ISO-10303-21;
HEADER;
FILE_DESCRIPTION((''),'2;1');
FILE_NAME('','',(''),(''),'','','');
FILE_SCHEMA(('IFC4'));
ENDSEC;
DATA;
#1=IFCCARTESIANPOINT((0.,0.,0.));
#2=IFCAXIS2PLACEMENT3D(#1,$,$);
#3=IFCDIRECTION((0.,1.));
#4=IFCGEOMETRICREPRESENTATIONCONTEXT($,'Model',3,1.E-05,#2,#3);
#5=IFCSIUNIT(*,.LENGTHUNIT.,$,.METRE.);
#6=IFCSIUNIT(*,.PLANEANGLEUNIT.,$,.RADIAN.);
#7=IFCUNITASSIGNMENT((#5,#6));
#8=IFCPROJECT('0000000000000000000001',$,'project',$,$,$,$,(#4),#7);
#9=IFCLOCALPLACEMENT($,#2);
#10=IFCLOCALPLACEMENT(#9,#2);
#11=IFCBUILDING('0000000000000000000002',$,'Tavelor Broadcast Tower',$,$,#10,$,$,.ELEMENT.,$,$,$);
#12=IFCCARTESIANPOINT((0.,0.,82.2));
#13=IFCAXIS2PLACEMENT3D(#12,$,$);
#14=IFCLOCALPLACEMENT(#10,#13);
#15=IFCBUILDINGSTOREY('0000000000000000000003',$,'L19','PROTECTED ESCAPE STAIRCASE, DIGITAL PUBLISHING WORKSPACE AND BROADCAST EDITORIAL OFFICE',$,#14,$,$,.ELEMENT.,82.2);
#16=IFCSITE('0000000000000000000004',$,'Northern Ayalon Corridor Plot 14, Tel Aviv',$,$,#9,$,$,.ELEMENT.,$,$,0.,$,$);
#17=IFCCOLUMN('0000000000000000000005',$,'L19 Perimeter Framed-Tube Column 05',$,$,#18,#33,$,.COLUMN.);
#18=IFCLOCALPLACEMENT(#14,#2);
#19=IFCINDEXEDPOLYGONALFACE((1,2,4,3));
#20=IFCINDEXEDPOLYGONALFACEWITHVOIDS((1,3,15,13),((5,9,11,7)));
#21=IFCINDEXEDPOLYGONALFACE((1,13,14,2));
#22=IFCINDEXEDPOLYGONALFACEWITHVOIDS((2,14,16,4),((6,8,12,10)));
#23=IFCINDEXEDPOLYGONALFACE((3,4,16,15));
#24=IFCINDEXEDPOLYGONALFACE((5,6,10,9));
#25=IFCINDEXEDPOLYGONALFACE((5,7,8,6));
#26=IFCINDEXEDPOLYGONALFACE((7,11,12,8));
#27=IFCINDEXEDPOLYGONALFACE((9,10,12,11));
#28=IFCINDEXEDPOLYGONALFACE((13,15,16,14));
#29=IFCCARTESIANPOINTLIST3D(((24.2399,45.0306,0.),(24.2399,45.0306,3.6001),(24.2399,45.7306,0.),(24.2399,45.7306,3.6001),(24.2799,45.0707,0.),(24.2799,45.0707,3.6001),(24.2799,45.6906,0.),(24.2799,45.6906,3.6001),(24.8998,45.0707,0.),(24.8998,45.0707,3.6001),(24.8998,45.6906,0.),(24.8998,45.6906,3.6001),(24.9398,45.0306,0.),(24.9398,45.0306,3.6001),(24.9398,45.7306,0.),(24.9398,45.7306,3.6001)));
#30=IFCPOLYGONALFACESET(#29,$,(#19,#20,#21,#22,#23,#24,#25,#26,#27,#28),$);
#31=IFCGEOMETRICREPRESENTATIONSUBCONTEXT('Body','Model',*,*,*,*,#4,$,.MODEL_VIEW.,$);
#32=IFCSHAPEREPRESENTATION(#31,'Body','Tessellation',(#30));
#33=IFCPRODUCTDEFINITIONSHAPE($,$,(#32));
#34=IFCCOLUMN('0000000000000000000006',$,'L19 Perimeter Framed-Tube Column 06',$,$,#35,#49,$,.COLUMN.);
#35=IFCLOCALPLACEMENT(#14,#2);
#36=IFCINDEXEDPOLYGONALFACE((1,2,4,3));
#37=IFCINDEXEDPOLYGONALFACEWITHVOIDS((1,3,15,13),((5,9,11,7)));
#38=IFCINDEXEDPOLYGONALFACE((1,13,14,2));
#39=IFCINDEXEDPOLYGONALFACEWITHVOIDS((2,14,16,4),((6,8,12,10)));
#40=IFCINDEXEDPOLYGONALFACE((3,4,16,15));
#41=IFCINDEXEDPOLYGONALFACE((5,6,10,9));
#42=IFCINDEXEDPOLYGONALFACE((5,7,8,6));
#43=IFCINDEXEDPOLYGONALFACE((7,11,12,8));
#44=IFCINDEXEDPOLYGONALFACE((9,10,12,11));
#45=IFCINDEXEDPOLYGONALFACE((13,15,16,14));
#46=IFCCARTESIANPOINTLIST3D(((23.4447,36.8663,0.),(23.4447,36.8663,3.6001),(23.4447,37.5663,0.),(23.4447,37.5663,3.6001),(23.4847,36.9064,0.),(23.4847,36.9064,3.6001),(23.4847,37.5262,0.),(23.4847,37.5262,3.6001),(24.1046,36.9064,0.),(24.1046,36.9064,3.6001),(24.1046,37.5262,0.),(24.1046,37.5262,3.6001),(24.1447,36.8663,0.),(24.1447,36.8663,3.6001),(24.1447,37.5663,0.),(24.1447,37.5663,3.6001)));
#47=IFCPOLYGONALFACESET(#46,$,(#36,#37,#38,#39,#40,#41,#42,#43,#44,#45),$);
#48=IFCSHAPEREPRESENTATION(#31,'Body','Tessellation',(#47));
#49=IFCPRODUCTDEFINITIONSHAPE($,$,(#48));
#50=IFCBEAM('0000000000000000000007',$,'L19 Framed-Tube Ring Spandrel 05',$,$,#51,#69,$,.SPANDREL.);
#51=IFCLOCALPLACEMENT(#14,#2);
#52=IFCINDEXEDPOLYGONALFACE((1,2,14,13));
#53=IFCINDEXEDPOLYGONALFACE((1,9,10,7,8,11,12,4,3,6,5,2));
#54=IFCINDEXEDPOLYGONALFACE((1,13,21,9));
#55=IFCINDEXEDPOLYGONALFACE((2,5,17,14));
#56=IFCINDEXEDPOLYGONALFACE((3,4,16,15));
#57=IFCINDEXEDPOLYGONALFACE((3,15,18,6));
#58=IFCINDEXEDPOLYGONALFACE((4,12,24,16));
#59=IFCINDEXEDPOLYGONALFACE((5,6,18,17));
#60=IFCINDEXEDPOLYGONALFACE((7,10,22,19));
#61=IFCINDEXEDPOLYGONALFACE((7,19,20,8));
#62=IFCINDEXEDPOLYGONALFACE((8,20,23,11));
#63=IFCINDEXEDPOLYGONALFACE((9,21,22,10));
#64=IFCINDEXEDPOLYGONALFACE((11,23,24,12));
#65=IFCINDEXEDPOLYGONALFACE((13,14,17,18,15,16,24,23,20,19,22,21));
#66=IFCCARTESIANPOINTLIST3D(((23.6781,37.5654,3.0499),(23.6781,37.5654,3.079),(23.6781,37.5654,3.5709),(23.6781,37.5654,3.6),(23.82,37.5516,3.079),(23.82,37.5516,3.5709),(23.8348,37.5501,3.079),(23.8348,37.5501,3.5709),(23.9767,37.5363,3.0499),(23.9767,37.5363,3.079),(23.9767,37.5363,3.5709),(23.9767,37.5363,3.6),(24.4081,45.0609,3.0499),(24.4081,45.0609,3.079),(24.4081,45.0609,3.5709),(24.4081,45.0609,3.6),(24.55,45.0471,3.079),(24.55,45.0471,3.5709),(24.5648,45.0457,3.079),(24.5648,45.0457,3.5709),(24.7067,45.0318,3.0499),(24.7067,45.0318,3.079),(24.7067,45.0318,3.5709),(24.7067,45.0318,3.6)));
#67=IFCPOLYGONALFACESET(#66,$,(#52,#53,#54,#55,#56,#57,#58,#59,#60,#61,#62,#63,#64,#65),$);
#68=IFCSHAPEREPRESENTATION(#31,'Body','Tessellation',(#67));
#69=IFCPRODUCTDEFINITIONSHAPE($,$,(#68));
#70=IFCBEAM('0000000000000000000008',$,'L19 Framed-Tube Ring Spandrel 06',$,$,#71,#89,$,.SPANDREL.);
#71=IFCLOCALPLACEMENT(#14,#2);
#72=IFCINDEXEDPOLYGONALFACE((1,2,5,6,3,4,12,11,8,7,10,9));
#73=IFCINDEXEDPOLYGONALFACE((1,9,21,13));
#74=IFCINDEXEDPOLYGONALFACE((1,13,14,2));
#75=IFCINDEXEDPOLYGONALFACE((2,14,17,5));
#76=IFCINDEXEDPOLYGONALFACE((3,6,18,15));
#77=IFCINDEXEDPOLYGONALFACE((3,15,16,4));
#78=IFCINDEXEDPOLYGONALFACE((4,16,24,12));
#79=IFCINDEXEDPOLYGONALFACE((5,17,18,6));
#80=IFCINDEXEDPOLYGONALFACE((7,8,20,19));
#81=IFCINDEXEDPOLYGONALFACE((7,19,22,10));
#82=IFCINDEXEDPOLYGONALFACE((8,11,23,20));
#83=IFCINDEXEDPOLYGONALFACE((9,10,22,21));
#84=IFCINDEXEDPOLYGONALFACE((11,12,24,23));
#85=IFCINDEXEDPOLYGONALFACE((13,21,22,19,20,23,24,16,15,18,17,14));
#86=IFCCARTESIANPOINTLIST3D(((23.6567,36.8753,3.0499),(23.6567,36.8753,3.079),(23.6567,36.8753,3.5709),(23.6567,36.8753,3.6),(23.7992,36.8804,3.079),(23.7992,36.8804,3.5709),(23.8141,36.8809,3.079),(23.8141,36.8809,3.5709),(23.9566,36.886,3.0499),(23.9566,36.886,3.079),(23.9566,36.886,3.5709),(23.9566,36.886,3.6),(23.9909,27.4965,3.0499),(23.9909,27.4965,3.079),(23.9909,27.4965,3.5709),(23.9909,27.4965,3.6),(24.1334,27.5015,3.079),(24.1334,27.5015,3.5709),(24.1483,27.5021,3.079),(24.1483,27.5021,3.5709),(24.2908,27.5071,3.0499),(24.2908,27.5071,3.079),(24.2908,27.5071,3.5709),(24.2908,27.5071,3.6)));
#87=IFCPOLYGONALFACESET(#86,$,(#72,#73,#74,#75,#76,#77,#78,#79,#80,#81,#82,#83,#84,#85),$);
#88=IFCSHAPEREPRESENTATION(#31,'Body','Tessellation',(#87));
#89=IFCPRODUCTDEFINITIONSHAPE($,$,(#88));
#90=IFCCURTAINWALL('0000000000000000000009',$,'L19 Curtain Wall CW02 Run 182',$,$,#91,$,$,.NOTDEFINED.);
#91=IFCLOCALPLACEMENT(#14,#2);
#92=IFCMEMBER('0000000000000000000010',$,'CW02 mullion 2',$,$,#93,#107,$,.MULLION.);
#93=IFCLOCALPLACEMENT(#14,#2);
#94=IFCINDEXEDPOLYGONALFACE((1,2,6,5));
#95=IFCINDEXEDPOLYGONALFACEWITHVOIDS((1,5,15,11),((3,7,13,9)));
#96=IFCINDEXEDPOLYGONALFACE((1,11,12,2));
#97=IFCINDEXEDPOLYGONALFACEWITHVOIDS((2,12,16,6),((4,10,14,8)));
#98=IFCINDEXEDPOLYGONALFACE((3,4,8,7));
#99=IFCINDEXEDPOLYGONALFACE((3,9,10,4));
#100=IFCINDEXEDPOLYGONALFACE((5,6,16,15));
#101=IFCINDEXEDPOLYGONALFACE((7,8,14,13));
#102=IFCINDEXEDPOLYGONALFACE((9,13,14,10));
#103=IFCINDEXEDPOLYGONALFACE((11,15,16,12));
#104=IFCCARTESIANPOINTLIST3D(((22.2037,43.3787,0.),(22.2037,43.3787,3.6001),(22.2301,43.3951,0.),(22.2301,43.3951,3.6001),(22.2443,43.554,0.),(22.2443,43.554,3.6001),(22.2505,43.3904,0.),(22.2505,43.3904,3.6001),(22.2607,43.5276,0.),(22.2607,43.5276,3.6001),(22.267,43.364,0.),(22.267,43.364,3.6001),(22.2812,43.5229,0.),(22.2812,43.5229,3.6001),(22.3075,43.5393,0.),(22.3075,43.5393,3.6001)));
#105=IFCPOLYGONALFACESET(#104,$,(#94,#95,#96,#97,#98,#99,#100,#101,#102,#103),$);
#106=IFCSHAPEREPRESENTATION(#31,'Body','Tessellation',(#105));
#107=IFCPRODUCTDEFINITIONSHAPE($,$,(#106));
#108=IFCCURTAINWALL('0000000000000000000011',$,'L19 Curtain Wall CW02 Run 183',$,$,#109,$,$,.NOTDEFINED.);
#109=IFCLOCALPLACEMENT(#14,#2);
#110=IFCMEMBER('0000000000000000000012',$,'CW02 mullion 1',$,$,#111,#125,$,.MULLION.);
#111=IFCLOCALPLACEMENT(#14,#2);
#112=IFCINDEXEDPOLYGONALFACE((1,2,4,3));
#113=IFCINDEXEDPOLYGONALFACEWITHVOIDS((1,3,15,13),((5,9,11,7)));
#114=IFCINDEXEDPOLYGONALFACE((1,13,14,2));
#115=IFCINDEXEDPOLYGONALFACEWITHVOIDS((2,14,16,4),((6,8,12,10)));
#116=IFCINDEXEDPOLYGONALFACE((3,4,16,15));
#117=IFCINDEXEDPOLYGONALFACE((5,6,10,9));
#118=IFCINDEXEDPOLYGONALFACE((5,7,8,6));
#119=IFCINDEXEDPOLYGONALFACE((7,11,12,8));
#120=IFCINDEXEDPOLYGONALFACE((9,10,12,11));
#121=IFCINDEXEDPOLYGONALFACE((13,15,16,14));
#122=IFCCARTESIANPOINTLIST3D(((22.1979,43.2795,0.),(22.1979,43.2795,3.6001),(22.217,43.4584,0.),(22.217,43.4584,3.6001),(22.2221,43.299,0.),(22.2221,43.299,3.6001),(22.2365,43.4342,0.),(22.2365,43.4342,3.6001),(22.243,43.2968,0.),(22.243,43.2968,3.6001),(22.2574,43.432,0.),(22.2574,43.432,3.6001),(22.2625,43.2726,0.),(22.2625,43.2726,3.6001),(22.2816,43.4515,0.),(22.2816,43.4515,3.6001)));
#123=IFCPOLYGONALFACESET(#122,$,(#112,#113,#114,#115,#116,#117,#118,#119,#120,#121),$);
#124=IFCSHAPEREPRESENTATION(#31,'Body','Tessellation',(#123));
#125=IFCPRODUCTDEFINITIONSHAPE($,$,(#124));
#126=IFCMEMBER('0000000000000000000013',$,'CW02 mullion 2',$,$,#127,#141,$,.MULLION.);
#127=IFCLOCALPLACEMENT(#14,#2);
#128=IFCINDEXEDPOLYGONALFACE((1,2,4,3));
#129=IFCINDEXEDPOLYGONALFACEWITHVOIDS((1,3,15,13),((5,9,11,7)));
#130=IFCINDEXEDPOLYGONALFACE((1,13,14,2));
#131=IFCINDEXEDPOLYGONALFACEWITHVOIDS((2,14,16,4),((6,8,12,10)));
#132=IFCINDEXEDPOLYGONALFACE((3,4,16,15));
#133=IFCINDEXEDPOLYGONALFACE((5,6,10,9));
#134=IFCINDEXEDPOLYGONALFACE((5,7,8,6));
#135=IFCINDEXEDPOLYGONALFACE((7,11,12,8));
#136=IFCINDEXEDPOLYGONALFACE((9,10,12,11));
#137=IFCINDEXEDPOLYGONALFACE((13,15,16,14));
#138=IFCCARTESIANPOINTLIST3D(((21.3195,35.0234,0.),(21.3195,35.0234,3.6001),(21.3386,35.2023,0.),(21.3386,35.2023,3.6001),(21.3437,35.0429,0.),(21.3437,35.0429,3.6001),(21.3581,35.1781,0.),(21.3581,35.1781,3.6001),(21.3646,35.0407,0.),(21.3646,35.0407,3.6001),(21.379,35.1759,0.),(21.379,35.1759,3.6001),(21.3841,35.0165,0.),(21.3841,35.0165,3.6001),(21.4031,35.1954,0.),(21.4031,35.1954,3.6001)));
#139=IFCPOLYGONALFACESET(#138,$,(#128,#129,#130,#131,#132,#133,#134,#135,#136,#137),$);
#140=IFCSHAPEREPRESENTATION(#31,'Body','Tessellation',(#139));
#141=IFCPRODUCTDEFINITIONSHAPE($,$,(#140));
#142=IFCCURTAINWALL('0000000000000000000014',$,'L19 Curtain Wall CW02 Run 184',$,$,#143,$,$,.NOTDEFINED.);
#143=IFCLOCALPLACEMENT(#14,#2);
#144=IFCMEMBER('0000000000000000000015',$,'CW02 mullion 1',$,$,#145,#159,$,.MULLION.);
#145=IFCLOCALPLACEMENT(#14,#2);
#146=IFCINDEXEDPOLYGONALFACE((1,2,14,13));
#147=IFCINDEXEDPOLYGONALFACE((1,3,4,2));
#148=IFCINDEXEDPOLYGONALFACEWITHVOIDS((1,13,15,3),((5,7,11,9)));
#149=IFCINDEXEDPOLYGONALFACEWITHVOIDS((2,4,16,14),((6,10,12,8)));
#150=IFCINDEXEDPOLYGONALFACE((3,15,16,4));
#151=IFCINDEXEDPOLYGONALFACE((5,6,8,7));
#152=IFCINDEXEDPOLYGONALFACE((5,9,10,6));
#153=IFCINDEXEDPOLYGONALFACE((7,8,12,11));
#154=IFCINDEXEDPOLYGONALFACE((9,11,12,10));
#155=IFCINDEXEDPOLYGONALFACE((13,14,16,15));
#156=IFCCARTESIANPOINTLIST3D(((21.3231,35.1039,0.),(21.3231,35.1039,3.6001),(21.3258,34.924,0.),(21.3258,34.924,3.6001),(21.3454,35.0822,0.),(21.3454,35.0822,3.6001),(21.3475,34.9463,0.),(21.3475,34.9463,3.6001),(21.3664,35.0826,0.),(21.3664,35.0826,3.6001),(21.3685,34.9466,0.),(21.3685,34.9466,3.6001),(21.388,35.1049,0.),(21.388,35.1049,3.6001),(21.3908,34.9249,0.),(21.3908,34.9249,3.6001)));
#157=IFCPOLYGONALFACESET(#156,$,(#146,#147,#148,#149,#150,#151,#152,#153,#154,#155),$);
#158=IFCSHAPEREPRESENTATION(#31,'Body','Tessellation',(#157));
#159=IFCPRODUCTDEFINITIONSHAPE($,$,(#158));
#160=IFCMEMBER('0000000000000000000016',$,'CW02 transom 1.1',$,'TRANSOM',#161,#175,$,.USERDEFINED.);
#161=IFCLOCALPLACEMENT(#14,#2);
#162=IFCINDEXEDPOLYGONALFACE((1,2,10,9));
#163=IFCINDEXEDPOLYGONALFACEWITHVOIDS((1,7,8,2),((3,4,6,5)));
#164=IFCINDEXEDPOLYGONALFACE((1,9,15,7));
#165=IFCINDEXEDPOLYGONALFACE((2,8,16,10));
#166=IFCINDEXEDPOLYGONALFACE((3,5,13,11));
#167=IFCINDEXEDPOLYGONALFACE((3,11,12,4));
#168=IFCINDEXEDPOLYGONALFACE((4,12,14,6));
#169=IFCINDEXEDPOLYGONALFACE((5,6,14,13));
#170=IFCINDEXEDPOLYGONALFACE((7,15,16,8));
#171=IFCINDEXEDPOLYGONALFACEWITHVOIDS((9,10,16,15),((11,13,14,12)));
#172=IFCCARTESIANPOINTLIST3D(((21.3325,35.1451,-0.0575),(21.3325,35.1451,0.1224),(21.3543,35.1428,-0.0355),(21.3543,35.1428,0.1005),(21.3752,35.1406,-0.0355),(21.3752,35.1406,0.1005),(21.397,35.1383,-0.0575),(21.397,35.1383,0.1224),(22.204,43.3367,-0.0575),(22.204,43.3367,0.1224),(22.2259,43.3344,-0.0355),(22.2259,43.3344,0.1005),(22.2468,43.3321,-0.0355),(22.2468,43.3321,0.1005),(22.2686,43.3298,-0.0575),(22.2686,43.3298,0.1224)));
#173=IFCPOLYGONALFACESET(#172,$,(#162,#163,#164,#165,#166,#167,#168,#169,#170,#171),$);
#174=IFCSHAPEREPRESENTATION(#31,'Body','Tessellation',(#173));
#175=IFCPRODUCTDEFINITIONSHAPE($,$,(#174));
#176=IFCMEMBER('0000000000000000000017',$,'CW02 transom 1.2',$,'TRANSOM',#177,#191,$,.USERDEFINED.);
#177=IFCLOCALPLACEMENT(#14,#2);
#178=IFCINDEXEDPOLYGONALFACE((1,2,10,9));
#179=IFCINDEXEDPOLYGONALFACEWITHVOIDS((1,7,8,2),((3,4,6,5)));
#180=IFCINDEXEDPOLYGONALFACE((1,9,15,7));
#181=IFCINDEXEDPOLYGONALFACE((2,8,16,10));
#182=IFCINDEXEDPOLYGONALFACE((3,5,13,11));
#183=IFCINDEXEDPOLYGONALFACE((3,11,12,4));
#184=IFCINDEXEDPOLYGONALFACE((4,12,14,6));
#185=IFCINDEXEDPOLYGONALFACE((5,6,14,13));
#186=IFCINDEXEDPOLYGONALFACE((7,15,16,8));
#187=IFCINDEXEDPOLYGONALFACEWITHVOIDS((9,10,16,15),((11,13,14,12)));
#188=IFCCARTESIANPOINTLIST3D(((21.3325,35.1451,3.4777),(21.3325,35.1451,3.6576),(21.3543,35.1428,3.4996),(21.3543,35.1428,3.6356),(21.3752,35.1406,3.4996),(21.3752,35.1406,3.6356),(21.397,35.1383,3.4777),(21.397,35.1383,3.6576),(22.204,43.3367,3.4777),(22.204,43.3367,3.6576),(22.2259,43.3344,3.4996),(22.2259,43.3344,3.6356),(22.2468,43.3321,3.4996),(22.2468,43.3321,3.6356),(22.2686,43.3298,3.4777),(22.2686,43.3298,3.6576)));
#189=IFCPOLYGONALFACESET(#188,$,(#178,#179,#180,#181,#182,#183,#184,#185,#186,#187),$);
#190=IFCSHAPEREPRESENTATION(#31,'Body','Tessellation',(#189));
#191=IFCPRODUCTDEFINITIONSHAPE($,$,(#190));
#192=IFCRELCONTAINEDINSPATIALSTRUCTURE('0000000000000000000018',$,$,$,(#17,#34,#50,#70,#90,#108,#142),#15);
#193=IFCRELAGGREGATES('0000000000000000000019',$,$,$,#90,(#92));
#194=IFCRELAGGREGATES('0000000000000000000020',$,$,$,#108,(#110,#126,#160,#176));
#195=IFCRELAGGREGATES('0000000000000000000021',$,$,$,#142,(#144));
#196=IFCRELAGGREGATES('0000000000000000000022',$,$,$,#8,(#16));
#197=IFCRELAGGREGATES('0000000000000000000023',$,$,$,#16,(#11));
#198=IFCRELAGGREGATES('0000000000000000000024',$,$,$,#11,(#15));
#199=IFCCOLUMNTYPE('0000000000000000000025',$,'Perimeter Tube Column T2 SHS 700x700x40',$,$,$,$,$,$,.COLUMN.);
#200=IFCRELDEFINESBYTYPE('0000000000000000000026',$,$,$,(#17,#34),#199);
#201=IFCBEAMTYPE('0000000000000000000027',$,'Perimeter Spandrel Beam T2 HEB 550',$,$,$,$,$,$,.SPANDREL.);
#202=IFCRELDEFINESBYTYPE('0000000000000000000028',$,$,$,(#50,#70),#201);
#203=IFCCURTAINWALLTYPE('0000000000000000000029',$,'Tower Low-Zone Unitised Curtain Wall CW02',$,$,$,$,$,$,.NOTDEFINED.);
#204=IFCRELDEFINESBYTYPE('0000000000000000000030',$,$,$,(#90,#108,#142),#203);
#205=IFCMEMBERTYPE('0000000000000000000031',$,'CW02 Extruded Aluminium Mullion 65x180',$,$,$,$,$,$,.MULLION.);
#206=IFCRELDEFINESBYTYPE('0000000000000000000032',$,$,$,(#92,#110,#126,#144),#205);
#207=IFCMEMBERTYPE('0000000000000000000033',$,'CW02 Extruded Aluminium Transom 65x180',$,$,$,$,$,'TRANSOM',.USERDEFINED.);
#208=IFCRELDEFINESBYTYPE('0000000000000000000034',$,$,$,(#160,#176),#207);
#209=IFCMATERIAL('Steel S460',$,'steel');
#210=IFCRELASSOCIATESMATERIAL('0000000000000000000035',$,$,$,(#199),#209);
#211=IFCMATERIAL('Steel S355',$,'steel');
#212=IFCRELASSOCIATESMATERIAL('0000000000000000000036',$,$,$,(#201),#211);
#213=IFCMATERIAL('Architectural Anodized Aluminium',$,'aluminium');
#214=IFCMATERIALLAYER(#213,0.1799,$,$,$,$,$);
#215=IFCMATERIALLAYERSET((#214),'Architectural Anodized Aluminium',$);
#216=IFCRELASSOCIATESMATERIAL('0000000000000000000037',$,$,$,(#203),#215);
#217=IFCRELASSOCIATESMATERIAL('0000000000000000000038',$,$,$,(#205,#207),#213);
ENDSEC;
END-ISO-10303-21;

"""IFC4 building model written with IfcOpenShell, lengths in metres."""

from ifc_helpers import new_model, si_unit, direction, frame, origin, origin_2d, place, context, subcontext, project, spatial, hollow_rectangle, i_section, extrude, source, transform, mapped, material, layer, layer_set, material_profile, profile_set, type_object, type_shapes, element, aggregate, save


model = new_model("IFC4")

# Units and contexts
model_context = context("Model", 3, precision=1e-05, world=origin(), true_north=direction((0.0, 1.0)))
body_context = subcontext(model_context, "Body", "Model", "MODEL_VIEW")
ifc_project = project(units=[si_unit("LENGTHUNIT", "METRE"), si_unit("PLANEANGLEUNIT", "RADIAN")], contexts=[model_context])

# Site, building, storey
site_placement = place(None, origin())
site = spatial("IfcSite", under=ifc_project, at=site_placement, Name="Northern Ayalon Corridor Plot 14, Tel Aviv", CompositionType="ELEMENT", RefElevation=0.0)
building_placement = place(site_placement, origin())
building = spatial("IfcBuilding", under=site, at=building_placement, Name="Tavelor Broadcast Tower", CompositionType="ELEMENT")
storey_placement = place(building_placement, frame((0.0, 0.0, 82.2)))
storey = spatial("IfcBuildingStorey", under=building, at=storey_placement, Name="L19", Description="PROTECTED ESCAPE STAIRCASE, DIGITAL PUBLISHING WORKSPACE AND BROADCAST EDITORIAL OFFICE", CompositionType="ELEMENT", Elevation=82.2)

# Columns
ifc_material_1 = material(Name="Steel S460", Category="steel")
ifc_material_profile_1 = material_profile(ifc_material_1, hollow_rectangle(XDim=0.7, YDim=0.7, WallThickness=0.04, at=origin_2d()), Name="SHS 700x700x40")
ifc_profile_set_1 = profile_set([ifc_material_profile_1], Name="Steel S460")
column_type = type_object("IfcColumnType", Name="Perimeter Tube Column T2 SHS 700x700x40", PredefinedType="COLUMN", material=ifc_profile_set_1)
for number, where, z_axis, x_axis, name in (
    (1, (24.5898, 45.3806, 0.0), (0.0, 0.0, 1.0), (1.0, 0.0, 0.0), "L19 Perimeter Framed-Tube Column 05"),
    (2, (23.7947, 37.2163, 0.0), (0.0, 0.0, 1.0), (1.0, 0.0, 0.0), "L19 Perimeter Framed-Tube Column 06"),
):
    element("IfcColumn", number, at=place(storey_placement, frame(where, z_axis=z_axis, x_axis=x_axis)), inside=storey, type_object=column_type, Name=name, PredefinedType="COLUMN", context=body_context, shape_type="SweptSolid", body=[
        extrude(hollow_rectangle(XDim=0.7, YDim=0.7, WallThickness=0.04, at=origin_2d()), origin(), (0.0, 0.0, 1.0), 3.6001),
    ])

# Beams
ifc_material_2 = material(Name="Steel S355", Category="steel")
ifc_material_profile_2 = material_profile(ifc_material_2, i_section(OverallWidth=0.3, OverallDepth=0.55, WebThickness=0.0149, FlangeThickness=0.0291, at=origin_2d()), Name="HEB 550")
ifc_profile_set_2 = profile_set([ifc_material_profile_2], Name="Steel S355")
beam_type = type_object("IfcBeamType", Name="Perimeter Spandrel Beam T2 HEB 550", PredefinedType="SPANDREL", material=ifc_profile_set_2)
beam_1_placement = place(storey_placement, frame((24.5574, 45.0464, 3.325), z_axis=(-0.096929, -0.995291, 0.0), x_axis=(0.995291, -0.096929, 0.0)))
element("IfcBeam", 3, at=beam_1_placement, inside=storey, type_object=beam_type, Name="L19 Framed-Tube Ring Spandrel 05", PredefinedType="SPANDREL", context=body_context, shape_type="SweptSolid", body=[
    extrude(i_section(OverallWidth=0.3, OverallDepth=0.55, WebThickness=0.0149, FlangeThickness=0.0291, at=origin_2d()), origin(), (0.0, 0.0, 1.0), 7.531),
])
beam_2_placement = place(storey_placement, frame((23.8066, 36.8806, 3.325), z_axis=(0.035614, -0.999366, 0.0), x_axis=(0.999366, 0.035614, 0.0)))
element("IfcBeam", 4, at=beam_2_placement, inside=storey, type_object=beam_type, Name="L19 Framed-Tube Ring Spandrel 06", PredefinedType="SPANDREL", context=body_context, shape_type="SweptSolid", body=[
    extrude(i_section(OverallWidth=0.3, OverallDepth=0.55, WebThickness=0.0149, FlangeThickness=0.0291, at=origin_2d()), origin(), (0.0, 0.0, 1.0), 9.3848),
])

# Curtain wall, member
ifc_material_3 = material(Name="Architectural Anodized Aluminium", Category="aluminium")
ifc_layer_1 = layer(ifc_material_3, 0.1799)
ifc_layer_set_1 = layer_set([ifc_layer_1], Name="Architectural Anodized Aluminium")
curtain_wall_type = type_object("IfcCurtainWallType", Name="Tower Low-Zone Unitised Curtain Wall CW02", PredefinedType="NOTDEFINED", material=ifc_layer_set_1)
curtain_wall_1_placement = place(storey_placement, origin())
curtain_wall_1 = element("IfcCurtainWall", 5, at=curtain_wall_1_placement, inside=storey, type_object=curtain_wall_type, Name="L19 Curtain Wall CW02 Run 182", PredefinedType="NOTDEFINED")
ifc_material_profile_3 = material_profile(ifc_material_3, hollow_rectangle(XDim=0.0649, YDim=0.1799, WallThickness=0.022, at=origin_2d()), Name="RHS 65x180x22")
ifc_profile_set_3 = profile_set([ifc_material_profile_3], Name="Architectural Anodized Aluminium")
member_type_1 = type_object("IfcMemberType", Name="CW02 Extruded Aluminium Mullion 65x180", PredefinedType="MULLION", material=ifc_profile_set_3)
shared_shape_1 = source(origin(), body_context, "Body", "SweptSolid", [
    extrude(hollow_rectangle(XDim=0.0649, YDim=0.1799, WallThickness=0.022, at=origin_2d()), origin(), (0.0, 0.0, 1.0), 3.6001),
])
type_shapes(member_type_1, [shared_shape_1])
member_1_placement = place(storey_placement, frame((22.2556, 43.459, 0.0), z_axis=(0.0, 0.0, 1.0), x_axis=(0.974275, -0.225362, 0.0)))
member_1 = element("IfcMember", 6, at=member_1_placement, type_object=member_type_1, Name="CW02 mullion 2", PredefinedType="MULLION", context=body_context, shape_type="MappedRepresentation", body=[
    mapped(shared_shape_1, transform((0.0, 0.0, 0.0), scale=1.0)),
])

# Curtain wall, members
curtain_wall_2_placement = place(storey_placement, origin())
curtain_wall_2 = element("IfcCurtainWall", 7, at=curtain_wall_2_placement, inside=storey, type_object=curtain_wall_type, Name="L19 Curtain Wall CW02 Run 183", PredefinedType="NOTDEFINED")
member_2_placement = place(storey_placement, frame((22.2397, 43.3655, 0.0), z_axis=(0.0, 0.0, 1.0), x_axis=(0.994385, -0.105823, 0.0)))
member_2 = element("IfcMember", 8, at=member_2_placement, type_object=member_type_1, Name="CW02 mullion 1", PredefinedType="MULLION", context=body_context, shape_type="MappedRepresentation", body=[
    mapped(shared_shape_1, transform((0.0, 0.0, 0.0), scale=1.0)),
])
member_3_placement = place(storey_placement, frame((21.3613, 35.1094, 0.0), z_axis=(0.0, 0.0, 1.0), x_axis=(0.994385, -0.105823, 0.0)))
member_3 = element("IfcMember", 9, at=member_3_placement, type_object=member_type_1, Name="CW02 mullion 2", PredefinedType="MULLION", context=body_context, shape_type="MappedRepresentation", body=[
    mapped(shared_shape_1, transform((0.0, 0.0, 0.0), scale=1.0)),
])

# Curtain wall, member
curtain_wall_3_placement = place(storey_placement, origin())
curtain_wall_3 = element("IfcCurtainWall", 10, at=curtain_wall_3_placement, inside=storey, type_object=curtain_wall_type, Name="L19 Curtain Wall CW02 Run 184", PredefinedType="NOTDEFINED")
member_4_placement = place(storey_placement, frame((21.3569, 35.0144, 0.0), z_axis=(0.0, 0.0, 1.0), x_axis=(0.999883, 0.015303, 0.0)))
member_4 = element("IfcMember", 11, at=member_4_placement, type_object=member_type_1, Name="CW02 mullion 1", PredefinedType="MULLION", context=body_context, shape_type="MappedRepresentation", body=[
    mapped(shared_shape_1, transform((0.0, 0.0, 0.0), scale=1.0)),
])

# Members
ifc_material_profile_4 = material_profile(ifc_material_3, hollow_rectangle(XDim=0.0649, YDim=0.1799, WallThickness=0.022, at=origin_2d()), Name="RHS 65x180x22")
ifc_profile_set_4 = profile_set([ifc_material_profile_4], Name="Architectural Anodized Aluminium")
member_type_2 = type_object("IfcMemberType", Name="CW02 Extruded Aluminium Transom 65x180", ElementType="TRANSOM", PredefinedType="USERDEFINED", material=ifc_profile_set_4)
shared_shape_2 = source(origin(), body_context, "Body", "SweptSolid", [
    extrude(hollow_rectangle(XDim=0.0649, YDim=0.1799, WallThickness=0.022, at=origin_2d()), origin(), (0.0, 0.0, 1.0), 8.2378),
])
member_5_placement = place(storey_placement, frame((22.2363, 43.3333, 0.0325), z_axis=(-0.105802, -0.994387, 0.0), x_axis=(0.994387, -0.105802, 0.0)))
member_5 = element("IfcMember", 12, at=member_5_placement, type_object=member_type_2, Name="CW02 transom 1.1", ObjectType="TRANSOM", PredefinedType="USERDEFINED", context=body_context, shape_type="MappedRepresentation", body=[
    mapped(shared_shape_2, transform((0.0, 0.0, 0.0), scale=1.0)),
])
member_6_placement = place(storey_placement, frame((22.2363, 43.3333, 3.5676), z_axis=(-0.105802, -0.994387, 0.0), x_axis=(0.994387, -0.105802, 0.0)))
member_6 = element("IfcMember", 13, at=member_6_placement, type_object=member_type_2, Name="CW02 transom 1.2", ObjectType="TRANSOM", PredefinedType="USERDEFINED", context=body_context, shape_type="MappedRepresentation", body=[
    mapped(shared_shape_2, transform((0.0, 0.0, 0.0), scale=1.0)),
])

aggregate(curtain_wall_1, [member_1])
aggregate(curtain_wall_2, [member_2, member_3, member_5, member_6])
aggregate(curtain_wall_3, [member_4])

save(model, "model.ifc")
